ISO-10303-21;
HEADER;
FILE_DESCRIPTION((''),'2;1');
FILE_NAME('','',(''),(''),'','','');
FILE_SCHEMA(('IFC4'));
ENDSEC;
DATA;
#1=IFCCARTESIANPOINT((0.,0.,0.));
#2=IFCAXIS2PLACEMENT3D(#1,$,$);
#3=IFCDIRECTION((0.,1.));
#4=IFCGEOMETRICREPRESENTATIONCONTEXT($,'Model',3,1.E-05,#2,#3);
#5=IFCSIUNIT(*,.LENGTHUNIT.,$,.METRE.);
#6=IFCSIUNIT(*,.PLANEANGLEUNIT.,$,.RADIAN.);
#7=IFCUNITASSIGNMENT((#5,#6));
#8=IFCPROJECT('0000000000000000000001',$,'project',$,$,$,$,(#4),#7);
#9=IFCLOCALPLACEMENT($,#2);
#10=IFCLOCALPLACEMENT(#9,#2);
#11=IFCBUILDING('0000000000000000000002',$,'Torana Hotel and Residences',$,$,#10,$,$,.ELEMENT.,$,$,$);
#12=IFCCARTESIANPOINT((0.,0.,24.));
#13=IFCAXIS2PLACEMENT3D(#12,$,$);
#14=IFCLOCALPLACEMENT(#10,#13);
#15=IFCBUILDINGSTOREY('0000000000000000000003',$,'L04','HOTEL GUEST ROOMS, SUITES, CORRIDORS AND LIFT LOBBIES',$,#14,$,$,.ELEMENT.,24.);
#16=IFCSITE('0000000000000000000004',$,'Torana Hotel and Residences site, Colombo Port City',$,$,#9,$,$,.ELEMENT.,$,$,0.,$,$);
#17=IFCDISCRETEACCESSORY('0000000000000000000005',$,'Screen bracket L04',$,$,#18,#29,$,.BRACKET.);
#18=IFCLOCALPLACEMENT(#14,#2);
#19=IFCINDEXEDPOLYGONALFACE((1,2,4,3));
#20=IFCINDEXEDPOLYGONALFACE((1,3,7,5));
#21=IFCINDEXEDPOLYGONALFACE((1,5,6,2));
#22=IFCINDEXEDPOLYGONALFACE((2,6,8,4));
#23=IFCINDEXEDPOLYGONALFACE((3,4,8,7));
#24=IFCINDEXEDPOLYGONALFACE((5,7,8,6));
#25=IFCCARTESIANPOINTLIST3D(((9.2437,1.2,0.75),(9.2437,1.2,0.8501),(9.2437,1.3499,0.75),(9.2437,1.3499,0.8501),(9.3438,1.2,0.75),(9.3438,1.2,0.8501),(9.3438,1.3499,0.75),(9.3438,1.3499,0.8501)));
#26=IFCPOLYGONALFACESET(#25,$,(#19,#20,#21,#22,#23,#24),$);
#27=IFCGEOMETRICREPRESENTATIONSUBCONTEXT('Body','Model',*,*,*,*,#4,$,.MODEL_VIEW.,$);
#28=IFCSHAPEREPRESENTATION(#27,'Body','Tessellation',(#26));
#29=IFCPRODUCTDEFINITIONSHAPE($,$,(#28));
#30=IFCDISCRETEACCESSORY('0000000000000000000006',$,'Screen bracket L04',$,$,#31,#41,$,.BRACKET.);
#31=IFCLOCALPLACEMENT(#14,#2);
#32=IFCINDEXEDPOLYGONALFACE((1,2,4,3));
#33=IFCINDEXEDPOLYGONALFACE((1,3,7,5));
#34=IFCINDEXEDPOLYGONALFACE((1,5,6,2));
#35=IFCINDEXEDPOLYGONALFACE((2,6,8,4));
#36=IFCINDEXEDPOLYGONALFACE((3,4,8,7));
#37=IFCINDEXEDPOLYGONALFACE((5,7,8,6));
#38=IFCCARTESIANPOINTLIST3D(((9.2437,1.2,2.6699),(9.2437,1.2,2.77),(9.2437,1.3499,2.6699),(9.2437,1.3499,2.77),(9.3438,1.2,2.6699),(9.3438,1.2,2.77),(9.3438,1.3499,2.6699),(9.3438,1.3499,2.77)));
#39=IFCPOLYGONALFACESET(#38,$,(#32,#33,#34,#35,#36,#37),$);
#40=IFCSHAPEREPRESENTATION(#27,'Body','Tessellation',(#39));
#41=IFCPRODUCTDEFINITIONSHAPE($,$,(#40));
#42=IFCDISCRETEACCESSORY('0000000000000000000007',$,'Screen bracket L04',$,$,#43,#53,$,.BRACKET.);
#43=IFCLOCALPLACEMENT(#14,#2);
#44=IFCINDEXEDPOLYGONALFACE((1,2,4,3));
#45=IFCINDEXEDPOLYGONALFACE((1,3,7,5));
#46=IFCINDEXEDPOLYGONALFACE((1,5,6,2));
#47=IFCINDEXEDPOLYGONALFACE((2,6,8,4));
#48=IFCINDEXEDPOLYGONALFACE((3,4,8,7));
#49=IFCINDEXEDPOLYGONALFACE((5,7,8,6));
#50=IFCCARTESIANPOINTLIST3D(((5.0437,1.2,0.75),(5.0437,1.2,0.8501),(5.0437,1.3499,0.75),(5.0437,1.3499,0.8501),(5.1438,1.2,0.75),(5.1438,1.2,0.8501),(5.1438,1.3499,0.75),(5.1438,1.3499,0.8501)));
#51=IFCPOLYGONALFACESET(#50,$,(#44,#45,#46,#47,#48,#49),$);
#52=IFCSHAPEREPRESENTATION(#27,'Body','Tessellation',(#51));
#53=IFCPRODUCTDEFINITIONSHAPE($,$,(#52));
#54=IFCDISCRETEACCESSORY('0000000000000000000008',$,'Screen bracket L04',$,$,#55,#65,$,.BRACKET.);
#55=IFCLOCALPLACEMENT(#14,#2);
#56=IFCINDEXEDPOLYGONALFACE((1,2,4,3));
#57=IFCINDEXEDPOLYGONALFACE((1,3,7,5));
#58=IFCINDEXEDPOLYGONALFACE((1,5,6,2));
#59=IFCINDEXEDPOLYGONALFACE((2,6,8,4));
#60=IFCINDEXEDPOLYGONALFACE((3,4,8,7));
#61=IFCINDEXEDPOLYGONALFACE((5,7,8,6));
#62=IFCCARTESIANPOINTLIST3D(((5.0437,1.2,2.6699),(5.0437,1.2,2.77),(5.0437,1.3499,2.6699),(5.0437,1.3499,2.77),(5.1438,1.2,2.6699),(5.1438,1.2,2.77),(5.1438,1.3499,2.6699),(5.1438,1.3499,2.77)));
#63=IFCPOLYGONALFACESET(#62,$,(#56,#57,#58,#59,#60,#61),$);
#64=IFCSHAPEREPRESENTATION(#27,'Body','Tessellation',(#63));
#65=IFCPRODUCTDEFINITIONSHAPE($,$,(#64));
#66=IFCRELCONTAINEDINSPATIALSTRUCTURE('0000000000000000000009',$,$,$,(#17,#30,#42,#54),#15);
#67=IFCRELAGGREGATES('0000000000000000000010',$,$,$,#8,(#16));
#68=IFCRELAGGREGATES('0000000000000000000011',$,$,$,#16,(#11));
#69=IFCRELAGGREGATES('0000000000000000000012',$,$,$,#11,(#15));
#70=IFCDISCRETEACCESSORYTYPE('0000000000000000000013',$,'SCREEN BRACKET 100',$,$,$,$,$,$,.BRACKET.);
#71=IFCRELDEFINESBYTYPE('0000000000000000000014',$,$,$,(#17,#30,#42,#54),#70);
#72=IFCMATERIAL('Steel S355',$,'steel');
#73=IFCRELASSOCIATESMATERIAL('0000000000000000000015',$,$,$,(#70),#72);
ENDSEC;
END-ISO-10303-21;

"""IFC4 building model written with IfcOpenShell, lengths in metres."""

from ifc_helpers import new_model, si_unit, direction, frame, origin, origin_2d, place, context, subcontext, project, spatial, rectangle, extrude, material, type_object, element, save


model = new_model("IFC4")

# Units and contexts
model_context = context("Model", 3, precision=1e-05, world=origin(), true_north=direction((0.0, 1.0)))
body_context = subcontext(model_context, "Body", "Model", "MODEL_VIEW")
ifc_project = project(units=[si_unit("LENGTHUNIT", "METRE"), si_unit("PLANEANGLEUNIT", "RADIAN")], contexts=[model_context])

# Site, building, storey
site_placement = place(None, origin())
site = spatial("IfcSite", under=ifc_project, at=site_placement, Name="Torana Hotel and Residences site, Colombo Port City", CompositionType="ELEMENT", RefElevation=0.0)
building_placement = place(site_placement, origin())
building = spatial("IfcBuilding", under=site, at=building_placement, Name="Torana Hotel and Residences", CompositionType="ELEMENT")
storey_placement = place(building_placement, frame((0.0, 0.0, 24.0)))
storey = spatial("IfcBuildingStorey", under=building, at=storey_placement, Name="L04", Description="HOTEL GUEST ROOMS, SUITES, CORRIDORS AND LIFT LOBBIES", CompositionType="ELEMENT", Elevation=24.0)

# Discrete accessories
ifc_material_1 = material(Name="Steel S355", Category="steel")
discrete_accessory_type = type_object("IfcDiscreteAccessoryType", Name="SCREEN BRACKET 100", PredefinedType="BRACKET", material=ifc_material_1)
for number, where, z_axis, x_axis, name in (
    (1, (9.2937, 1.2749, 0.75), (0.0, 0.0, 1.0), (-1.0, 0.0, 0.0), "Screen bracket L04"),
    (2, (9.2937, 1.2749, 2.6699), (0.0, 0.0, 1.0), (-1.0, 0.0, 0.0), "Screen bracket L04"),
    (3, (5.0938, 1.2749, 0.75), (0.0, 0.0, 1.0), (-1.0, 0.0, 0.0), "Screen bracket L04"),
    (4, (5.0938, 1.2749, 2.6699), (0.0, 0.0, 1.0), (-1.0, 0.0, 0.0), "Screen bracket L04"),
):
    element("IfcDiscreteAccessory", number, at=place(storey_placement, frame(where, z_axis=z_axis, x_axis=x_axis)), inside=storey, type_object=discrete_accessory_type, Name=name, PredefinedType="BRACKET", context=body_context, shape_type="SweptSolid", body=[
        extrude(rectangle(XDim=0.1001, YDim=0.1499, at=origin_2d()), origin(), (0.0, 0.0, 1.0), 0.1001),
    ])

save(model, "model.ifc")
